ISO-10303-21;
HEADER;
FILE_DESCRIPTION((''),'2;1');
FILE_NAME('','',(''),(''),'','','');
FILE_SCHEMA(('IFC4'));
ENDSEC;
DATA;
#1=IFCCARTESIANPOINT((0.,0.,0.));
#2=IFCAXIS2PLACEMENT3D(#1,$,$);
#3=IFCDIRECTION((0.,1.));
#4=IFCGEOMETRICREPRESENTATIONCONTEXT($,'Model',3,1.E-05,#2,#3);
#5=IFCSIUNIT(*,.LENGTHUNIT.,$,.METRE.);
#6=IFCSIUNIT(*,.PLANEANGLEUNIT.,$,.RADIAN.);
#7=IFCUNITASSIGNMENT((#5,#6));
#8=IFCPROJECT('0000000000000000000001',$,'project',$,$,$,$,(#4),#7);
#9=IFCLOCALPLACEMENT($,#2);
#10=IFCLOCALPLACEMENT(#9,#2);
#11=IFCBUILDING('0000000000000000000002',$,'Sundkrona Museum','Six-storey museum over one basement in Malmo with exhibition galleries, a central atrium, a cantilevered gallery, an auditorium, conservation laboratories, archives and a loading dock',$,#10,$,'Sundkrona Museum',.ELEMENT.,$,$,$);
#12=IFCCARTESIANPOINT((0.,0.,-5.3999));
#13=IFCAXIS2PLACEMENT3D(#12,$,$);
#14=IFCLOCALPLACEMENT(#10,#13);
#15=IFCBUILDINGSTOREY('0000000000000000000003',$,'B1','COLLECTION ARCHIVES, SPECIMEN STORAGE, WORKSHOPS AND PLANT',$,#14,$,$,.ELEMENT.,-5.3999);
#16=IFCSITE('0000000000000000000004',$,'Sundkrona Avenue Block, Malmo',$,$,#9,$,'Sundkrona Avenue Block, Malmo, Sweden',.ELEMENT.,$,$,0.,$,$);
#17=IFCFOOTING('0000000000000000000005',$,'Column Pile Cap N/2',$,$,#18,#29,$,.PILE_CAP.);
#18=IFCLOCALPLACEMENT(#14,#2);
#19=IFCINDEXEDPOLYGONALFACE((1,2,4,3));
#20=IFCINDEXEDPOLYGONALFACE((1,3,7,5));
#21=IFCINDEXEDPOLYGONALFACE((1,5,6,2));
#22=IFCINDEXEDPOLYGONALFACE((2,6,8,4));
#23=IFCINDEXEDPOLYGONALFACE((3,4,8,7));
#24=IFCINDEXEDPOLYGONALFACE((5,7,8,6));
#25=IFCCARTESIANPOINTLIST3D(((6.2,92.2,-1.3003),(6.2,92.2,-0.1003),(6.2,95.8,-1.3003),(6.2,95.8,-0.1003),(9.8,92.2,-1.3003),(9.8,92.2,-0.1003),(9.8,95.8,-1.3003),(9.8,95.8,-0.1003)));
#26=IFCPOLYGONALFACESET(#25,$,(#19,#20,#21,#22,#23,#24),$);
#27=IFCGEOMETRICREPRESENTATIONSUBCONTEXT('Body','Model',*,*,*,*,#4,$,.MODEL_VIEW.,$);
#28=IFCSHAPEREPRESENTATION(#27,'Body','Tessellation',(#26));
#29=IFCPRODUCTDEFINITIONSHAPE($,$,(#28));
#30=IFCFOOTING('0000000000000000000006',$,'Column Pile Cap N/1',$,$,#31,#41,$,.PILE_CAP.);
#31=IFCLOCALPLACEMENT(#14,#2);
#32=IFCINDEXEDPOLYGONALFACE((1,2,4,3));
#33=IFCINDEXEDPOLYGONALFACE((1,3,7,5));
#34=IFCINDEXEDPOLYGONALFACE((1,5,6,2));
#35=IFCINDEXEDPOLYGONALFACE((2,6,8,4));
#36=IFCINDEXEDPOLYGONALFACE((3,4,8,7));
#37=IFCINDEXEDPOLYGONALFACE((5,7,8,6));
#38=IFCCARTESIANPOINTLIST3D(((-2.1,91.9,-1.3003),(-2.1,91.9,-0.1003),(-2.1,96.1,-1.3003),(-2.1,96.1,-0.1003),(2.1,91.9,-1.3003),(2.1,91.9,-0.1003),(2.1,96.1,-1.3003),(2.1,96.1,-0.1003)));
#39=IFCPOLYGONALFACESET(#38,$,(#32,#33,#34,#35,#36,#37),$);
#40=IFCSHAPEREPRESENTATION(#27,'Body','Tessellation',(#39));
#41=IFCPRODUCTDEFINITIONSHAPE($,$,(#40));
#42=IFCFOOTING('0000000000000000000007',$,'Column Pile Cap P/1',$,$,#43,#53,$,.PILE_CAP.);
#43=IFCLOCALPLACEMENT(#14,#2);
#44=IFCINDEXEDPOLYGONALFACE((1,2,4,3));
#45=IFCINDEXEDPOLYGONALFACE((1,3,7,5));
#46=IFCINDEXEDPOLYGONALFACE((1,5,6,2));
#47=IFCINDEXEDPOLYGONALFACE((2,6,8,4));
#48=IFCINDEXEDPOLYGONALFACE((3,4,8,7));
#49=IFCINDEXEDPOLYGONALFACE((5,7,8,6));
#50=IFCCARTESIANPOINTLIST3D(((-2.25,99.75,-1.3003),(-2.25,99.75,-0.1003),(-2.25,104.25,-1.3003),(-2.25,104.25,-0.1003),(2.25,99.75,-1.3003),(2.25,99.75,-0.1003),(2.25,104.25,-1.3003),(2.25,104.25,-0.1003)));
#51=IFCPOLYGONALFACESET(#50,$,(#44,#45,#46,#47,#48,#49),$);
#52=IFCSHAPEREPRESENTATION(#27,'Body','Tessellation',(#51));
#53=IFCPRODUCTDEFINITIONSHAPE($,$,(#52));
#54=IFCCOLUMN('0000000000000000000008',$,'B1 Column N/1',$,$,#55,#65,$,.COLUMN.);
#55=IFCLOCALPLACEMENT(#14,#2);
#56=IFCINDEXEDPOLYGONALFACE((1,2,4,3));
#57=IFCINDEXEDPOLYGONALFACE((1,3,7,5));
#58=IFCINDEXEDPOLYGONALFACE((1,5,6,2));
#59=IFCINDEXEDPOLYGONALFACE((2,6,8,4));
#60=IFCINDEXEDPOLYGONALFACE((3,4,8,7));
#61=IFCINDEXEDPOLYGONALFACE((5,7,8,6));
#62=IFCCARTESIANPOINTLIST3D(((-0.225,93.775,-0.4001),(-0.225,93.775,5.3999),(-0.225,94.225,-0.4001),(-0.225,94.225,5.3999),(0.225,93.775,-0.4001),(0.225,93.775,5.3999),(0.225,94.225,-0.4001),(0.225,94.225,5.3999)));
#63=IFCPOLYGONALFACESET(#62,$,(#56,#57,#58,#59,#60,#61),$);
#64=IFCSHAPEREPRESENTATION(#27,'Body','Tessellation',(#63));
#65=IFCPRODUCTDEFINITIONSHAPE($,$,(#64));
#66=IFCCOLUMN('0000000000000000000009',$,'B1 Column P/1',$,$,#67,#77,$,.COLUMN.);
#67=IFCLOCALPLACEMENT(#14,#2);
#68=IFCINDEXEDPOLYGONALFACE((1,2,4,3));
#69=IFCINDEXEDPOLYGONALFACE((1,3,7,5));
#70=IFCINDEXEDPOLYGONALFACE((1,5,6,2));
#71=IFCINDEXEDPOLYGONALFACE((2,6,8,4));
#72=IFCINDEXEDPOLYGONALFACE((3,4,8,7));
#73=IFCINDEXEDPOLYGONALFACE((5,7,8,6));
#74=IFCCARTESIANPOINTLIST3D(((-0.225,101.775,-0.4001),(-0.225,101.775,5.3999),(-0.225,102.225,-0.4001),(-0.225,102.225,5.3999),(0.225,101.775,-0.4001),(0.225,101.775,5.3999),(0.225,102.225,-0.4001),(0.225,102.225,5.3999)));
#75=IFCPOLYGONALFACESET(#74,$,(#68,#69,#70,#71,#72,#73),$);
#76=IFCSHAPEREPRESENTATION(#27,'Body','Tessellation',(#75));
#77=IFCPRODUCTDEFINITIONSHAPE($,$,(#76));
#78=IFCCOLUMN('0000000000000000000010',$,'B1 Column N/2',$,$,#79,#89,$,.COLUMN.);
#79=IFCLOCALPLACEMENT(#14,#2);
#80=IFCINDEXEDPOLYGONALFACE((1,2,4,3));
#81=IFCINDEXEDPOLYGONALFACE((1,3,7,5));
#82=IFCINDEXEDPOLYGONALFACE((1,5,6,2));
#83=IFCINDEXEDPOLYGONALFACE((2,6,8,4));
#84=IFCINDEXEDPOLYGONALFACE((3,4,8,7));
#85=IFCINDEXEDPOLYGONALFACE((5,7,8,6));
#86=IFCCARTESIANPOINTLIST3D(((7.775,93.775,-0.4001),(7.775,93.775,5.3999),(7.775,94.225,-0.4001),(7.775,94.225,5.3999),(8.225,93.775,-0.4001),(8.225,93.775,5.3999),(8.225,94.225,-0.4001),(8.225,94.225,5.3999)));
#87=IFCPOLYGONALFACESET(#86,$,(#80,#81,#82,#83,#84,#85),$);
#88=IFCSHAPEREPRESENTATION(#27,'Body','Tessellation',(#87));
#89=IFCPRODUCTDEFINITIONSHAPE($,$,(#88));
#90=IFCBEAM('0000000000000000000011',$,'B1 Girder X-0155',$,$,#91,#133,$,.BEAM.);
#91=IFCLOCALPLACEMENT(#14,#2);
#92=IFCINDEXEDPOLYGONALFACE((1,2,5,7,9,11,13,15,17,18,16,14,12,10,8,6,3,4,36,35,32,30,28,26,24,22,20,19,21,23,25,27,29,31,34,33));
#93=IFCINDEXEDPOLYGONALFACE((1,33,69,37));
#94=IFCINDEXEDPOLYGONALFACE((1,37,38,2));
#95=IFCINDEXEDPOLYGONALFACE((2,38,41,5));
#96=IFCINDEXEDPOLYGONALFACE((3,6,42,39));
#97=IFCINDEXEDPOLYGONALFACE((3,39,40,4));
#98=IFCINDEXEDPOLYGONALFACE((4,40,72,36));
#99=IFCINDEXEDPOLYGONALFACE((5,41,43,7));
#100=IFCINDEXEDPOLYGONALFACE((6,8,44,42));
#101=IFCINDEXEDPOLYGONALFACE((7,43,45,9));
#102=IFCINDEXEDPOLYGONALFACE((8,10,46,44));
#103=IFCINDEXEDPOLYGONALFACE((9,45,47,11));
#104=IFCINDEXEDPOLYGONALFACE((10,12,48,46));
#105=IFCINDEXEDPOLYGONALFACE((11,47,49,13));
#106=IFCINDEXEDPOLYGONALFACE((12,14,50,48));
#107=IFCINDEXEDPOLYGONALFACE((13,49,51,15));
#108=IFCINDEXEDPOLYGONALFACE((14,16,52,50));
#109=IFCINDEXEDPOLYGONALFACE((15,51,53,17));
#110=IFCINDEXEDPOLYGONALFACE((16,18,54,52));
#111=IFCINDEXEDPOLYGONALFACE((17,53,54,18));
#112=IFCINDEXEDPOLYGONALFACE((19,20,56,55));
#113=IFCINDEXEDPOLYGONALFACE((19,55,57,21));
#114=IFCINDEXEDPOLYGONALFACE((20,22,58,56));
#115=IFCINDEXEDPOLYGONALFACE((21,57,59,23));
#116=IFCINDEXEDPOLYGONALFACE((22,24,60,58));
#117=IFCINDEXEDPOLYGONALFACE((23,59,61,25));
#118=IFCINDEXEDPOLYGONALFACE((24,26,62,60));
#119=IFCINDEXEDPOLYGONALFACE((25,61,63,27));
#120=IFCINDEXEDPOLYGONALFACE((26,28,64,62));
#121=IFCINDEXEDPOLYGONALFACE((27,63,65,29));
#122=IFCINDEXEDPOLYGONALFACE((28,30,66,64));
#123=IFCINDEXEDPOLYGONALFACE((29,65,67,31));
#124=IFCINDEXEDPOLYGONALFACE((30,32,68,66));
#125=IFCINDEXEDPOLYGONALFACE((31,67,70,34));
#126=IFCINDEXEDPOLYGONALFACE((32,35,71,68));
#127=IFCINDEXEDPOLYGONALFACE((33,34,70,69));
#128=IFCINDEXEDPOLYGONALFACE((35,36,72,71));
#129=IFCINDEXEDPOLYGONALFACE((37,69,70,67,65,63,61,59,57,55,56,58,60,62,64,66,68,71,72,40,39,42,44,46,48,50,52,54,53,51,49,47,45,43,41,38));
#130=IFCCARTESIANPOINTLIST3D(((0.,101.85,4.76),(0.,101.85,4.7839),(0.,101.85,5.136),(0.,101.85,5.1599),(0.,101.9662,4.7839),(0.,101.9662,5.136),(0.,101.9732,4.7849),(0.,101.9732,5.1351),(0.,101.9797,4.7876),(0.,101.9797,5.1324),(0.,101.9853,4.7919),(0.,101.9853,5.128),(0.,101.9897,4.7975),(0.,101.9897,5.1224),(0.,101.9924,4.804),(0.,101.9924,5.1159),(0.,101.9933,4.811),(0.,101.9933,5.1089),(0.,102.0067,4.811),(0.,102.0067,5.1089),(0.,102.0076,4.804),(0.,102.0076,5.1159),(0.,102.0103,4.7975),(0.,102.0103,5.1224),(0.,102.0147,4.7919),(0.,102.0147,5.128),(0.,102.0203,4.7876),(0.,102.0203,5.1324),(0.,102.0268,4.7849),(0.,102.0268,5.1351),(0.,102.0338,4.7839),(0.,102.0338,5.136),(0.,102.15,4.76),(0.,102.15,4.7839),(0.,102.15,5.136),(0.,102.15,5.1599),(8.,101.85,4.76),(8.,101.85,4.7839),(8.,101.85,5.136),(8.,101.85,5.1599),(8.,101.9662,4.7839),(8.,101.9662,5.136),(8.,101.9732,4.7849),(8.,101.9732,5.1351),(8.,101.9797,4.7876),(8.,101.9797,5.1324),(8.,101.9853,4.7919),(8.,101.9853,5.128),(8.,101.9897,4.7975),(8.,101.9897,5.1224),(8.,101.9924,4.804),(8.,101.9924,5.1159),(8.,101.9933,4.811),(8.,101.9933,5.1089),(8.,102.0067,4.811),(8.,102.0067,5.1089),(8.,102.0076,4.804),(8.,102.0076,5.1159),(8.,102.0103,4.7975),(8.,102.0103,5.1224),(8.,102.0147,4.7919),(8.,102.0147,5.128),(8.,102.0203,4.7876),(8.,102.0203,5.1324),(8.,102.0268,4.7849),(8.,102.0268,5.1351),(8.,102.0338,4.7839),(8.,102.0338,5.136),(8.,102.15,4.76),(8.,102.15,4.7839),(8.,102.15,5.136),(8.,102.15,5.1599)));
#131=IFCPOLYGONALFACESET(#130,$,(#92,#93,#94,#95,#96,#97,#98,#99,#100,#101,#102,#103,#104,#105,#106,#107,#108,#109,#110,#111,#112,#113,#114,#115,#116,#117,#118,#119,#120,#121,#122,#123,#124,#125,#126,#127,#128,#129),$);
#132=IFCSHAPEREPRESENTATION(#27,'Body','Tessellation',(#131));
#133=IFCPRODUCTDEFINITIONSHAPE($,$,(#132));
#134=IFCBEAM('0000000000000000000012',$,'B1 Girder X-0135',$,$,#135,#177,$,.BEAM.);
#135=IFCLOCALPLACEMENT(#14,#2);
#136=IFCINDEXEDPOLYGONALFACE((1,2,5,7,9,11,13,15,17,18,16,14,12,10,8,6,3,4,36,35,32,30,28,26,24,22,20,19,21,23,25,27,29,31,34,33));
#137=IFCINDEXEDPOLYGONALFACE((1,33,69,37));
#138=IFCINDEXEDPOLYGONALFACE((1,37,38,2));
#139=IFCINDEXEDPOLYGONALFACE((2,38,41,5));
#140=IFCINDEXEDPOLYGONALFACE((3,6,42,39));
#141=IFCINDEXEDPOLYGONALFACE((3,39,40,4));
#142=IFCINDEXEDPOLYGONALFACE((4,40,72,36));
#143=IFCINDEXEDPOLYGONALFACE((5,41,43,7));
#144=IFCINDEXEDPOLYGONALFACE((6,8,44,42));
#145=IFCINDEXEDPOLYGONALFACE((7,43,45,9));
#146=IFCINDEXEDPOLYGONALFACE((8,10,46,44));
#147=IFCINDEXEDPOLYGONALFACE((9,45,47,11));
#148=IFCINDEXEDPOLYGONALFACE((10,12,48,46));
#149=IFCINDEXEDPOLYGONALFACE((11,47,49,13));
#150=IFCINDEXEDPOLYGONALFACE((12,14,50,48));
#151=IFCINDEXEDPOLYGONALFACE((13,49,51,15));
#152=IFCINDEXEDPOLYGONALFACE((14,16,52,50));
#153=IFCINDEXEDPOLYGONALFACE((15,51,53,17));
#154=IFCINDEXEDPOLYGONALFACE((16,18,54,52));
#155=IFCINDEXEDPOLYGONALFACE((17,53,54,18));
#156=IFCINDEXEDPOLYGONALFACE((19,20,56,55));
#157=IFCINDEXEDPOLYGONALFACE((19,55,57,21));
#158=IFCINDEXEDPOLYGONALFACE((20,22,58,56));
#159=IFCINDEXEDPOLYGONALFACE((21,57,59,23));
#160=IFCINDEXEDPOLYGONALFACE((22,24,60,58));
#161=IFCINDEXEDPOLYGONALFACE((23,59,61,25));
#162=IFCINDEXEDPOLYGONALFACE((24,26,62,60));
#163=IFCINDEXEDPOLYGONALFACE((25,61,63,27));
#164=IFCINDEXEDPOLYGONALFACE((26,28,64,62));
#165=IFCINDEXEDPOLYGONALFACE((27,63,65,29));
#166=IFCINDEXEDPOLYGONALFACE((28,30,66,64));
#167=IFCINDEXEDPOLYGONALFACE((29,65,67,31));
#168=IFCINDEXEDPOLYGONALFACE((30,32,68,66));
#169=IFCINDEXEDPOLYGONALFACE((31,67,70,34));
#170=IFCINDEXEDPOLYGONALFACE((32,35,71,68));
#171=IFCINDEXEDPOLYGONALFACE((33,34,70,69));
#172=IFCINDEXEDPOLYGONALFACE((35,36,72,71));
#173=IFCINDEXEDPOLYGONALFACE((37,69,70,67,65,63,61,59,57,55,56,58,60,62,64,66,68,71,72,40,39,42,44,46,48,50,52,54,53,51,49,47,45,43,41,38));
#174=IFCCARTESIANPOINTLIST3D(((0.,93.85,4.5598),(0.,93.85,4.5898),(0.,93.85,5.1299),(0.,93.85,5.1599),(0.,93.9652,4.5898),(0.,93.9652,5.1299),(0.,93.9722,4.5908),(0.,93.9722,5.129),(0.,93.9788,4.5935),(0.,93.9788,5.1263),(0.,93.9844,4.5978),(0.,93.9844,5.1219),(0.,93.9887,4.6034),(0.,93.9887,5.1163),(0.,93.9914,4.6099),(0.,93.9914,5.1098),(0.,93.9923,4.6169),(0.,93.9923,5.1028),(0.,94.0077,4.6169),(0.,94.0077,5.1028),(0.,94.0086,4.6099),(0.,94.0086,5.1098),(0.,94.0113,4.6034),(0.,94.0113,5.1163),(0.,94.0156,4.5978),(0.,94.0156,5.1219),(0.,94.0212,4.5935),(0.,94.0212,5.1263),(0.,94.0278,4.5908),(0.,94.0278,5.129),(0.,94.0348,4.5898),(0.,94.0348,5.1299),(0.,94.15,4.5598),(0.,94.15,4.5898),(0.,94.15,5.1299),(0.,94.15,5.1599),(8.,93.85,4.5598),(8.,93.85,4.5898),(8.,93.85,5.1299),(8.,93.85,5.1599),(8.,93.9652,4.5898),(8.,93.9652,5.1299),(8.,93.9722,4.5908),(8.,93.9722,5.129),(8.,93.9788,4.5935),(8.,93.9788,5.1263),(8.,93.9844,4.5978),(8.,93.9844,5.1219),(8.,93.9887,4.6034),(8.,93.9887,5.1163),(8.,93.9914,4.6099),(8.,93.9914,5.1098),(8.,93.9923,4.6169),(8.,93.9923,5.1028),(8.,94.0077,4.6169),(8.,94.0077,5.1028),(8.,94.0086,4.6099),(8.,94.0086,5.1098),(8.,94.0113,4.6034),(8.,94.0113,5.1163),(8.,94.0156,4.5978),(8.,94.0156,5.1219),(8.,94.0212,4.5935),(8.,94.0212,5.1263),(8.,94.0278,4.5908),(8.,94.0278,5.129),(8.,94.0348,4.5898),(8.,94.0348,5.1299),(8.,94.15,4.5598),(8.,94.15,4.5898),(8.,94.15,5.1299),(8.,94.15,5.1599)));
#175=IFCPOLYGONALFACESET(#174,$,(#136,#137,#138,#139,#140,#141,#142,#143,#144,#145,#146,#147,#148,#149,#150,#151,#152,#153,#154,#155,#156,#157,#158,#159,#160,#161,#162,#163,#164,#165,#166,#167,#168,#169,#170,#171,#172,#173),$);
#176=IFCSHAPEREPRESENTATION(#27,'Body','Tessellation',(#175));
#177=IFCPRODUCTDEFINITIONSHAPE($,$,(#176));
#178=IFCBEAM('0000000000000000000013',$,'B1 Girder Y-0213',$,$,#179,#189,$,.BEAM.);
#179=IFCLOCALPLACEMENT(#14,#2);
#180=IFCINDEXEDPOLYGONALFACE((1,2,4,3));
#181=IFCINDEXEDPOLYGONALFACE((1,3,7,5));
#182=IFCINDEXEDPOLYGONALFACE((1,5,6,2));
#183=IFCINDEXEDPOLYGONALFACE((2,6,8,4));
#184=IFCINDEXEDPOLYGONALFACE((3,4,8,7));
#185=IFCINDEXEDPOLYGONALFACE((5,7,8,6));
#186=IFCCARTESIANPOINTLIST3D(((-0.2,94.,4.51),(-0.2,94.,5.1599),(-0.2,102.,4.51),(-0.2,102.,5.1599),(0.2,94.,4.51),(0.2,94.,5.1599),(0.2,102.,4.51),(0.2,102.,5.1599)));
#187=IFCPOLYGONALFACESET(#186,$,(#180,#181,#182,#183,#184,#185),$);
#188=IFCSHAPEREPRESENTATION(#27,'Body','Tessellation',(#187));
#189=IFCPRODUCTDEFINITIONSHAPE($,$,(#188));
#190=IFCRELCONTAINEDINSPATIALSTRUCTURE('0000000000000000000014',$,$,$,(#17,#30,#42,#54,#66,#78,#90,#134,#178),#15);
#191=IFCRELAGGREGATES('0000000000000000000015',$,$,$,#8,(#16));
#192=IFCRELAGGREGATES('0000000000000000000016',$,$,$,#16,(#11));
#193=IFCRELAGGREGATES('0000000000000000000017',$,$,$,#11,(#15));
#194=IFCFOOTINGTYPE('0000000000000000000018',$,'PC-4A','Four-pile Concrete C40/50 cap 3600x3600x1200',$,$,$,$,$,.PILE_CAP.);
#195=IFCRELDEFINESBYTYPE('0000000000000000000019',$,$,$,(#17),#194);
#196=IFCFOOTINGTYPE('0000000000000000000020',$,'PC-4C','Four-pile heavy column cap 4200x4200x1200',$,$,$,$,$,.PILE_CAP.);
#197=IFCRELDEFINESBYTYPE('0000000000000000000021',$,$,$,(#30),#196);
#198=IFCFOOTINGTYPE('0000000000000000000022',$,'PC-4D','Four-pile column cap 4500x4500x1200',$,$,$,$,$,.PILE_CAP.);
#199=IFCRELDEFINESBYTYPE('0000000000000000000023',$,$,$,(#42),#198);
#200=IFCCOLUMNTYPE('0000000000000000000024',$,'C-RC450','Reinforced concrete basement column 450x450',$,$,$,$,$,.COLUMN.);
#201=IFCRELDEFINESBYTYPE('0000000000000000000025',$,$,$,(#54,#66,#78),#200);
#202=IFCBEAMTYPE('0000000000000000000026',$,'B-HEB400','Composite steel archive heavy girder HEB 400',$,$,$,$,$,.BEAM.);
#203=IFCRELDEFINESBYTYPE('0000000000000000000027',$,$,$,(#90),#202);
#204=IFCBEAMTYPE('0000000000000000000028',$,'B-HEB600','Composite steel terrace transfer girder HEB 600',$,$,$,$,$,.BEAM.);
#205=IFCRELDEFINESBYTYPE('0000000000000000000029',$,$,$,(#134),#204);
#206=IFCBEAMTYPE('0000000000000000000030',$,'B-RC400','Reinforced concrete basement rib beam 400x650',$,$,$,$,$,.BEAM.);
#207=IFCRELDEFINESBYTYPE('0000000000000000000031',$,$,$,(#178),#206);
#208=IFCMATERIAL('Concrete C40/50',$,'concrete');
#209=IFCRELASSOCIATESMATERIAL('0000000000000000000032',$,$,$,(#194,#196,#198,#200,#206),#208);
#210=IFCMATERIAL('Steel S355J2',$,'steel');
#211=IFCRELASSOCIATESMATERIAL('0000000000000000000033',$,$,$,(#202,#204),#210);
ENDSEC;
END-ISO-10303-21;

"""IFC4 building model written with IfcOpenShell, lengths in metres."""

from ifc_helpers import new_model, si_unit, direction, frame, origin, origin_2d, place, context, subcontext, project, spatial, rectangle, i_section, extrude, material, material_profile, profile_set, type_object, element, save


model = new_model("IFC4")

# Units and contexts
model_context = context("Model", 3, precision=1e-05, world=origin(), true_north=direction((0.0, 1.0)))
body_context = subcontext(model_context, "Body", "Model", "MODEL_VIEW")
ifc_project = project(units=[si_unit("LENGTHUNIT", "METRE"), si_unit("PLANEANGLEUNIT", "RADIAN")], contexts=[model_context])

# Site, building, storey
site_placement = place(None, origin())
site = spatial("IfcSite", under=ifc_project, at=site_placement, Name="Sundkrona Avenue Block, Malmo", LongName="Sundkrona Avenue Block, Malmo, Sweden", CompositionType="ELEMENT", RefElevation=0.0)
building_placement = place(site_placement, origin())
building = spatial("IfcBuilding", under=site, at=building_placement, Name="Sundkrona Museum", Description="Six-storey museum over one basement in Malmo with exhibition galleries, a central atrium, a cantilevered gallery, an auditorium, conservation laboratories, archives and a loading dock", LongName="Sundkrona Museum", CompositionType="ELEMENT")
storey_placement = place(building_placement, frame((0.0, 0.0, -5.3999)))
storey = spatial("IfcBuildingStorey", under=building, at=storey_placement, Name="B1", Description="COLLECTION ARCHIVES, SPECIMEN STORAGE, WORKSHOPS AND PLANT", CompositionType="ELEMENT", Elevation=-5.3999)

# Shared definitions
ifc_material_1 = material(Name="Concrete C40/50", Category="concrete")

# Footings
footing_type_1 = type_object("IfcFootingType", Name="PC-4A", Description="Four-pile Concrete C40/50 cap 3600x3600x1200", PredefinedType="PILE_CAP", material=ifc_material_1)
footing_1_placement = place(storey_placement, frame((8.0, 94.0, -1.3003), z_axis=(0.0, 0.0, 1.0), x_axis=(1.0, 0.0, 0.0)))
element("IfcFooting", 1, at=footing_1_placement, inside=storey, type_object=footing_type_1, Name="Column Pile Cap N/2", PredefinedType="PILE_CAP", context=body_context, shape_type="SweptSolid", body=[
    extrude(rectangle(XDim=3.6001, YDim=3.6001, at=origin_2d()), origin(), (0.0, 0.0, 1.0), 1.2),
])
footing_type_2 = type_object("IfcFootingType", Name="PC-4C", Description="Four-pile heavy column cap 4200x4200x1200", PredefinedType="PILE_CAP", material=ifc_material_1)
footing_2_placement = place(storey_placement, frame((0.0, 94.0, -1.3003), z_axis=(0.0, 0.0, 1.0), x_axis=(1.0, 0.0, 0.0)))
element("IfcFooting", 2, at=footing_2_placement, inside=storey, type_object=footing_type_2, Name="Column Pile Cap N/1", PredefinedType="PILE_CAP", context=body_context, shape_type="SweptSolid", body=[
    extrude(rectangle(XDim=4.2, YDim=4.2, at=origin_2d()), origin(), (0.0, 0.0, 1.0), 1.2),
])
footing_type_3 = type_object("IfcFootingType", Name="PC-4D", Description="Four-pile column cap 4500x4500x1200", PredefinedType="PILE_CAP", material=ifc_material_1)
footing_3_placement = place(storey_placement, frame((0.0, 102.0, -1.3003), z_axis=(0.0, 0.0, 1.0), x_axis=(1.0, 0.0, 0.0)))
element("IfcFooting", 3, at=footing_3_placement, inside=storey, type_object=footing_type_3, Name="Column Pile Cap P/1", PredefinedType="PILE_CAP", context=body_context, shape_type="SweptSolid", body=[
    extrude(rectangle(XDim=4.5, YDim=4.5, at=origin_2d()), origin(), (0.0, 0.0, 1.0), 1.2),
])

# Columns
ifc_material_profile_1 = material_profile(ifc_material_1, rectangle(XDim=0.45, YDim=0.45, at=origin_2d()), Name="RC 450x450")
ifc_profile_set_1 = profile_set([ifc_material_profile_1], Name="Concrete C40/50")
column_type = type_object("IfcColumnType", Name="C-RC450", Description="Reinforced concrete basement column 450x450", PredefinedType="COLUMN", material=ifc_profile_set_1)
for number, where, z_axis, x_axis, name in (
    (4, (0.0, 94.0, -0.4001), (0.0, 0.0, 1.0), (1.0, 0.0, 0.0), "B1 Column N/1"),
    (5, (0.0, 102.0, -0.4001), (0.0, 0.0, 1.0), (1.0, 0.0, 0.0), "B1 Column P/1"),
    (6, (8.0, 94.0, -0.4001), (0.0, 0.0, 1.0), (1.0, 0.0, 0.0), "B1 Column N/2"),
):
    element("IfcColumn", number, at=place(storey_placement, frame(where, z_axis=z_axis, x_axis=x_axis)), inside=storey, type_object=column_type, Name=name, PredefinedType="COLUMN", context=body_context, shape_type="SweptSolid", body=[
        extrude(rectangle(XDim=0.45, YDim=0.45, at=origin_2d()), origin(), (0.0, 0.0, 1.0), 5.8),
    ])

# Beams
ifc_material_2 = material(Name="Steel S355J2", Category="steel")
ifc_material_profile_2 = material_profile(ifc_material_2, i_section(OverallWidth=0.3, OverallDepth=0.3999, WebThickness=0.0134, FlangeThickness=0.0239, FilletRadius=0.0271, at=origin_2d()), Name="HEB 400")
ifc_profile_set_2 = profile_set([ifc_material_profile_2], Name="Steel S355J2")
beam_type_1 = type_object("IfcBeamType", Name="B-HEB400", Description="Composite steel archive heavy girder HEB 400", PredefinedType="BEAM", material=ifc_profile_set_2)
beam_1_placement = place(storey_placement, frame((0.0, 102.0, 4.96), z_axis=(1.0, 0.0, 0.0), x_axis=(0.0, 1.0, 0.0)))
element("IfcBeam", 7, at=beam_1_placement, inside=storey, type_object=beam_type_1, Name="B1 Girder X-0155", PredefinedType="BEAM", context=body_context, shape_type="SweptSolid", body=[
    extrude(i_section(OverallWidth=0.3, OverallDepth=0.3999, WebThickness=0.0134, FlangeThickness=0.0239, FilletRadius=0.0271, at=origin_2d()), origin(), (0.0, 0.0, 1.0), 8.0),
])
ifc_material_profile_3 = material_profile(ifc_material_2, i_section(OverallWidth=0.3, OverallDepth=0.6001, WebThickness=0.0154, FlangeThickness=0.03, FilletRadius=0.0271, at=origin_2d()), Name="HEB 600")
ifc_profile_set_3 = profile_set([ifc_material_profile_3], Name="Steel S355J2")
beam_type_2 = type_object("IfcBeamType", Name="B-HEB600", Description="Composite steel terrace transfer girder HEB 600", PredefinedType="BEAM", material=ifc_profile_set_3)
beam_2_placement = place(storey_placement, frame((0.0, 94.0, 4.8599), z_axis=(1.0, 0.0, 0.0), x_axis=(0.0, 1.0, 0.0)))
element("IfcBeam", 8, at=beam_2_placement, inside=storey, type_object=beam_type_2, Name="B1 Girder X-0135", PredefinedType="BEAM", context=body_context, shape_type="SweptSolid", body=[
    extrude(i_section(OverallWidth=0.3, OverallDepth=0.6001, WebThickness=0.0154, FlangeThickness=0.03, FilletRadius=0.0271, at=origin_2d()), origin(), (0.0, 0.0, 1.0), 8.0),
])
ifc_material_profile_4 = material_profile(ifc_material_1, rectangle(XDim=0.3999, YDim=0.6499, at=origin_2d()), Name="RCB 400x650")
ifc_profile_set_4 = profile_set([ifc_material_profile_4], Name="Concrete C40/50")
beam_type_3 = type_object("IfcBeamType", Name="B-RC400", Description="Reinforced concrete basement rib beam 400x650", PredefinedType="BEAM", material=ifc_profile_set_4)
beam_3_placement = place(storey_placement, frame((0.0, 94.0, 4.835), z_axis=(0.0, 1.0, 0.0), x_axis=(-1.0, 0.0, 0.0)))
element("IfcBeam", 9, at=beam_3_placement, inside=storey, type_object=beam_type_3, Name="B1 Girder Y-0213", PredefinedType="BEAM", context=body_context, shape_type="SweptSolid", body=[
    extrude(rectangle(XDim=0.3999, YDim=0.6499, at=origin_2d()), origin(), (0.0, 0.0, 1.0), 8.0),
])

save(model, "model.ifc")
